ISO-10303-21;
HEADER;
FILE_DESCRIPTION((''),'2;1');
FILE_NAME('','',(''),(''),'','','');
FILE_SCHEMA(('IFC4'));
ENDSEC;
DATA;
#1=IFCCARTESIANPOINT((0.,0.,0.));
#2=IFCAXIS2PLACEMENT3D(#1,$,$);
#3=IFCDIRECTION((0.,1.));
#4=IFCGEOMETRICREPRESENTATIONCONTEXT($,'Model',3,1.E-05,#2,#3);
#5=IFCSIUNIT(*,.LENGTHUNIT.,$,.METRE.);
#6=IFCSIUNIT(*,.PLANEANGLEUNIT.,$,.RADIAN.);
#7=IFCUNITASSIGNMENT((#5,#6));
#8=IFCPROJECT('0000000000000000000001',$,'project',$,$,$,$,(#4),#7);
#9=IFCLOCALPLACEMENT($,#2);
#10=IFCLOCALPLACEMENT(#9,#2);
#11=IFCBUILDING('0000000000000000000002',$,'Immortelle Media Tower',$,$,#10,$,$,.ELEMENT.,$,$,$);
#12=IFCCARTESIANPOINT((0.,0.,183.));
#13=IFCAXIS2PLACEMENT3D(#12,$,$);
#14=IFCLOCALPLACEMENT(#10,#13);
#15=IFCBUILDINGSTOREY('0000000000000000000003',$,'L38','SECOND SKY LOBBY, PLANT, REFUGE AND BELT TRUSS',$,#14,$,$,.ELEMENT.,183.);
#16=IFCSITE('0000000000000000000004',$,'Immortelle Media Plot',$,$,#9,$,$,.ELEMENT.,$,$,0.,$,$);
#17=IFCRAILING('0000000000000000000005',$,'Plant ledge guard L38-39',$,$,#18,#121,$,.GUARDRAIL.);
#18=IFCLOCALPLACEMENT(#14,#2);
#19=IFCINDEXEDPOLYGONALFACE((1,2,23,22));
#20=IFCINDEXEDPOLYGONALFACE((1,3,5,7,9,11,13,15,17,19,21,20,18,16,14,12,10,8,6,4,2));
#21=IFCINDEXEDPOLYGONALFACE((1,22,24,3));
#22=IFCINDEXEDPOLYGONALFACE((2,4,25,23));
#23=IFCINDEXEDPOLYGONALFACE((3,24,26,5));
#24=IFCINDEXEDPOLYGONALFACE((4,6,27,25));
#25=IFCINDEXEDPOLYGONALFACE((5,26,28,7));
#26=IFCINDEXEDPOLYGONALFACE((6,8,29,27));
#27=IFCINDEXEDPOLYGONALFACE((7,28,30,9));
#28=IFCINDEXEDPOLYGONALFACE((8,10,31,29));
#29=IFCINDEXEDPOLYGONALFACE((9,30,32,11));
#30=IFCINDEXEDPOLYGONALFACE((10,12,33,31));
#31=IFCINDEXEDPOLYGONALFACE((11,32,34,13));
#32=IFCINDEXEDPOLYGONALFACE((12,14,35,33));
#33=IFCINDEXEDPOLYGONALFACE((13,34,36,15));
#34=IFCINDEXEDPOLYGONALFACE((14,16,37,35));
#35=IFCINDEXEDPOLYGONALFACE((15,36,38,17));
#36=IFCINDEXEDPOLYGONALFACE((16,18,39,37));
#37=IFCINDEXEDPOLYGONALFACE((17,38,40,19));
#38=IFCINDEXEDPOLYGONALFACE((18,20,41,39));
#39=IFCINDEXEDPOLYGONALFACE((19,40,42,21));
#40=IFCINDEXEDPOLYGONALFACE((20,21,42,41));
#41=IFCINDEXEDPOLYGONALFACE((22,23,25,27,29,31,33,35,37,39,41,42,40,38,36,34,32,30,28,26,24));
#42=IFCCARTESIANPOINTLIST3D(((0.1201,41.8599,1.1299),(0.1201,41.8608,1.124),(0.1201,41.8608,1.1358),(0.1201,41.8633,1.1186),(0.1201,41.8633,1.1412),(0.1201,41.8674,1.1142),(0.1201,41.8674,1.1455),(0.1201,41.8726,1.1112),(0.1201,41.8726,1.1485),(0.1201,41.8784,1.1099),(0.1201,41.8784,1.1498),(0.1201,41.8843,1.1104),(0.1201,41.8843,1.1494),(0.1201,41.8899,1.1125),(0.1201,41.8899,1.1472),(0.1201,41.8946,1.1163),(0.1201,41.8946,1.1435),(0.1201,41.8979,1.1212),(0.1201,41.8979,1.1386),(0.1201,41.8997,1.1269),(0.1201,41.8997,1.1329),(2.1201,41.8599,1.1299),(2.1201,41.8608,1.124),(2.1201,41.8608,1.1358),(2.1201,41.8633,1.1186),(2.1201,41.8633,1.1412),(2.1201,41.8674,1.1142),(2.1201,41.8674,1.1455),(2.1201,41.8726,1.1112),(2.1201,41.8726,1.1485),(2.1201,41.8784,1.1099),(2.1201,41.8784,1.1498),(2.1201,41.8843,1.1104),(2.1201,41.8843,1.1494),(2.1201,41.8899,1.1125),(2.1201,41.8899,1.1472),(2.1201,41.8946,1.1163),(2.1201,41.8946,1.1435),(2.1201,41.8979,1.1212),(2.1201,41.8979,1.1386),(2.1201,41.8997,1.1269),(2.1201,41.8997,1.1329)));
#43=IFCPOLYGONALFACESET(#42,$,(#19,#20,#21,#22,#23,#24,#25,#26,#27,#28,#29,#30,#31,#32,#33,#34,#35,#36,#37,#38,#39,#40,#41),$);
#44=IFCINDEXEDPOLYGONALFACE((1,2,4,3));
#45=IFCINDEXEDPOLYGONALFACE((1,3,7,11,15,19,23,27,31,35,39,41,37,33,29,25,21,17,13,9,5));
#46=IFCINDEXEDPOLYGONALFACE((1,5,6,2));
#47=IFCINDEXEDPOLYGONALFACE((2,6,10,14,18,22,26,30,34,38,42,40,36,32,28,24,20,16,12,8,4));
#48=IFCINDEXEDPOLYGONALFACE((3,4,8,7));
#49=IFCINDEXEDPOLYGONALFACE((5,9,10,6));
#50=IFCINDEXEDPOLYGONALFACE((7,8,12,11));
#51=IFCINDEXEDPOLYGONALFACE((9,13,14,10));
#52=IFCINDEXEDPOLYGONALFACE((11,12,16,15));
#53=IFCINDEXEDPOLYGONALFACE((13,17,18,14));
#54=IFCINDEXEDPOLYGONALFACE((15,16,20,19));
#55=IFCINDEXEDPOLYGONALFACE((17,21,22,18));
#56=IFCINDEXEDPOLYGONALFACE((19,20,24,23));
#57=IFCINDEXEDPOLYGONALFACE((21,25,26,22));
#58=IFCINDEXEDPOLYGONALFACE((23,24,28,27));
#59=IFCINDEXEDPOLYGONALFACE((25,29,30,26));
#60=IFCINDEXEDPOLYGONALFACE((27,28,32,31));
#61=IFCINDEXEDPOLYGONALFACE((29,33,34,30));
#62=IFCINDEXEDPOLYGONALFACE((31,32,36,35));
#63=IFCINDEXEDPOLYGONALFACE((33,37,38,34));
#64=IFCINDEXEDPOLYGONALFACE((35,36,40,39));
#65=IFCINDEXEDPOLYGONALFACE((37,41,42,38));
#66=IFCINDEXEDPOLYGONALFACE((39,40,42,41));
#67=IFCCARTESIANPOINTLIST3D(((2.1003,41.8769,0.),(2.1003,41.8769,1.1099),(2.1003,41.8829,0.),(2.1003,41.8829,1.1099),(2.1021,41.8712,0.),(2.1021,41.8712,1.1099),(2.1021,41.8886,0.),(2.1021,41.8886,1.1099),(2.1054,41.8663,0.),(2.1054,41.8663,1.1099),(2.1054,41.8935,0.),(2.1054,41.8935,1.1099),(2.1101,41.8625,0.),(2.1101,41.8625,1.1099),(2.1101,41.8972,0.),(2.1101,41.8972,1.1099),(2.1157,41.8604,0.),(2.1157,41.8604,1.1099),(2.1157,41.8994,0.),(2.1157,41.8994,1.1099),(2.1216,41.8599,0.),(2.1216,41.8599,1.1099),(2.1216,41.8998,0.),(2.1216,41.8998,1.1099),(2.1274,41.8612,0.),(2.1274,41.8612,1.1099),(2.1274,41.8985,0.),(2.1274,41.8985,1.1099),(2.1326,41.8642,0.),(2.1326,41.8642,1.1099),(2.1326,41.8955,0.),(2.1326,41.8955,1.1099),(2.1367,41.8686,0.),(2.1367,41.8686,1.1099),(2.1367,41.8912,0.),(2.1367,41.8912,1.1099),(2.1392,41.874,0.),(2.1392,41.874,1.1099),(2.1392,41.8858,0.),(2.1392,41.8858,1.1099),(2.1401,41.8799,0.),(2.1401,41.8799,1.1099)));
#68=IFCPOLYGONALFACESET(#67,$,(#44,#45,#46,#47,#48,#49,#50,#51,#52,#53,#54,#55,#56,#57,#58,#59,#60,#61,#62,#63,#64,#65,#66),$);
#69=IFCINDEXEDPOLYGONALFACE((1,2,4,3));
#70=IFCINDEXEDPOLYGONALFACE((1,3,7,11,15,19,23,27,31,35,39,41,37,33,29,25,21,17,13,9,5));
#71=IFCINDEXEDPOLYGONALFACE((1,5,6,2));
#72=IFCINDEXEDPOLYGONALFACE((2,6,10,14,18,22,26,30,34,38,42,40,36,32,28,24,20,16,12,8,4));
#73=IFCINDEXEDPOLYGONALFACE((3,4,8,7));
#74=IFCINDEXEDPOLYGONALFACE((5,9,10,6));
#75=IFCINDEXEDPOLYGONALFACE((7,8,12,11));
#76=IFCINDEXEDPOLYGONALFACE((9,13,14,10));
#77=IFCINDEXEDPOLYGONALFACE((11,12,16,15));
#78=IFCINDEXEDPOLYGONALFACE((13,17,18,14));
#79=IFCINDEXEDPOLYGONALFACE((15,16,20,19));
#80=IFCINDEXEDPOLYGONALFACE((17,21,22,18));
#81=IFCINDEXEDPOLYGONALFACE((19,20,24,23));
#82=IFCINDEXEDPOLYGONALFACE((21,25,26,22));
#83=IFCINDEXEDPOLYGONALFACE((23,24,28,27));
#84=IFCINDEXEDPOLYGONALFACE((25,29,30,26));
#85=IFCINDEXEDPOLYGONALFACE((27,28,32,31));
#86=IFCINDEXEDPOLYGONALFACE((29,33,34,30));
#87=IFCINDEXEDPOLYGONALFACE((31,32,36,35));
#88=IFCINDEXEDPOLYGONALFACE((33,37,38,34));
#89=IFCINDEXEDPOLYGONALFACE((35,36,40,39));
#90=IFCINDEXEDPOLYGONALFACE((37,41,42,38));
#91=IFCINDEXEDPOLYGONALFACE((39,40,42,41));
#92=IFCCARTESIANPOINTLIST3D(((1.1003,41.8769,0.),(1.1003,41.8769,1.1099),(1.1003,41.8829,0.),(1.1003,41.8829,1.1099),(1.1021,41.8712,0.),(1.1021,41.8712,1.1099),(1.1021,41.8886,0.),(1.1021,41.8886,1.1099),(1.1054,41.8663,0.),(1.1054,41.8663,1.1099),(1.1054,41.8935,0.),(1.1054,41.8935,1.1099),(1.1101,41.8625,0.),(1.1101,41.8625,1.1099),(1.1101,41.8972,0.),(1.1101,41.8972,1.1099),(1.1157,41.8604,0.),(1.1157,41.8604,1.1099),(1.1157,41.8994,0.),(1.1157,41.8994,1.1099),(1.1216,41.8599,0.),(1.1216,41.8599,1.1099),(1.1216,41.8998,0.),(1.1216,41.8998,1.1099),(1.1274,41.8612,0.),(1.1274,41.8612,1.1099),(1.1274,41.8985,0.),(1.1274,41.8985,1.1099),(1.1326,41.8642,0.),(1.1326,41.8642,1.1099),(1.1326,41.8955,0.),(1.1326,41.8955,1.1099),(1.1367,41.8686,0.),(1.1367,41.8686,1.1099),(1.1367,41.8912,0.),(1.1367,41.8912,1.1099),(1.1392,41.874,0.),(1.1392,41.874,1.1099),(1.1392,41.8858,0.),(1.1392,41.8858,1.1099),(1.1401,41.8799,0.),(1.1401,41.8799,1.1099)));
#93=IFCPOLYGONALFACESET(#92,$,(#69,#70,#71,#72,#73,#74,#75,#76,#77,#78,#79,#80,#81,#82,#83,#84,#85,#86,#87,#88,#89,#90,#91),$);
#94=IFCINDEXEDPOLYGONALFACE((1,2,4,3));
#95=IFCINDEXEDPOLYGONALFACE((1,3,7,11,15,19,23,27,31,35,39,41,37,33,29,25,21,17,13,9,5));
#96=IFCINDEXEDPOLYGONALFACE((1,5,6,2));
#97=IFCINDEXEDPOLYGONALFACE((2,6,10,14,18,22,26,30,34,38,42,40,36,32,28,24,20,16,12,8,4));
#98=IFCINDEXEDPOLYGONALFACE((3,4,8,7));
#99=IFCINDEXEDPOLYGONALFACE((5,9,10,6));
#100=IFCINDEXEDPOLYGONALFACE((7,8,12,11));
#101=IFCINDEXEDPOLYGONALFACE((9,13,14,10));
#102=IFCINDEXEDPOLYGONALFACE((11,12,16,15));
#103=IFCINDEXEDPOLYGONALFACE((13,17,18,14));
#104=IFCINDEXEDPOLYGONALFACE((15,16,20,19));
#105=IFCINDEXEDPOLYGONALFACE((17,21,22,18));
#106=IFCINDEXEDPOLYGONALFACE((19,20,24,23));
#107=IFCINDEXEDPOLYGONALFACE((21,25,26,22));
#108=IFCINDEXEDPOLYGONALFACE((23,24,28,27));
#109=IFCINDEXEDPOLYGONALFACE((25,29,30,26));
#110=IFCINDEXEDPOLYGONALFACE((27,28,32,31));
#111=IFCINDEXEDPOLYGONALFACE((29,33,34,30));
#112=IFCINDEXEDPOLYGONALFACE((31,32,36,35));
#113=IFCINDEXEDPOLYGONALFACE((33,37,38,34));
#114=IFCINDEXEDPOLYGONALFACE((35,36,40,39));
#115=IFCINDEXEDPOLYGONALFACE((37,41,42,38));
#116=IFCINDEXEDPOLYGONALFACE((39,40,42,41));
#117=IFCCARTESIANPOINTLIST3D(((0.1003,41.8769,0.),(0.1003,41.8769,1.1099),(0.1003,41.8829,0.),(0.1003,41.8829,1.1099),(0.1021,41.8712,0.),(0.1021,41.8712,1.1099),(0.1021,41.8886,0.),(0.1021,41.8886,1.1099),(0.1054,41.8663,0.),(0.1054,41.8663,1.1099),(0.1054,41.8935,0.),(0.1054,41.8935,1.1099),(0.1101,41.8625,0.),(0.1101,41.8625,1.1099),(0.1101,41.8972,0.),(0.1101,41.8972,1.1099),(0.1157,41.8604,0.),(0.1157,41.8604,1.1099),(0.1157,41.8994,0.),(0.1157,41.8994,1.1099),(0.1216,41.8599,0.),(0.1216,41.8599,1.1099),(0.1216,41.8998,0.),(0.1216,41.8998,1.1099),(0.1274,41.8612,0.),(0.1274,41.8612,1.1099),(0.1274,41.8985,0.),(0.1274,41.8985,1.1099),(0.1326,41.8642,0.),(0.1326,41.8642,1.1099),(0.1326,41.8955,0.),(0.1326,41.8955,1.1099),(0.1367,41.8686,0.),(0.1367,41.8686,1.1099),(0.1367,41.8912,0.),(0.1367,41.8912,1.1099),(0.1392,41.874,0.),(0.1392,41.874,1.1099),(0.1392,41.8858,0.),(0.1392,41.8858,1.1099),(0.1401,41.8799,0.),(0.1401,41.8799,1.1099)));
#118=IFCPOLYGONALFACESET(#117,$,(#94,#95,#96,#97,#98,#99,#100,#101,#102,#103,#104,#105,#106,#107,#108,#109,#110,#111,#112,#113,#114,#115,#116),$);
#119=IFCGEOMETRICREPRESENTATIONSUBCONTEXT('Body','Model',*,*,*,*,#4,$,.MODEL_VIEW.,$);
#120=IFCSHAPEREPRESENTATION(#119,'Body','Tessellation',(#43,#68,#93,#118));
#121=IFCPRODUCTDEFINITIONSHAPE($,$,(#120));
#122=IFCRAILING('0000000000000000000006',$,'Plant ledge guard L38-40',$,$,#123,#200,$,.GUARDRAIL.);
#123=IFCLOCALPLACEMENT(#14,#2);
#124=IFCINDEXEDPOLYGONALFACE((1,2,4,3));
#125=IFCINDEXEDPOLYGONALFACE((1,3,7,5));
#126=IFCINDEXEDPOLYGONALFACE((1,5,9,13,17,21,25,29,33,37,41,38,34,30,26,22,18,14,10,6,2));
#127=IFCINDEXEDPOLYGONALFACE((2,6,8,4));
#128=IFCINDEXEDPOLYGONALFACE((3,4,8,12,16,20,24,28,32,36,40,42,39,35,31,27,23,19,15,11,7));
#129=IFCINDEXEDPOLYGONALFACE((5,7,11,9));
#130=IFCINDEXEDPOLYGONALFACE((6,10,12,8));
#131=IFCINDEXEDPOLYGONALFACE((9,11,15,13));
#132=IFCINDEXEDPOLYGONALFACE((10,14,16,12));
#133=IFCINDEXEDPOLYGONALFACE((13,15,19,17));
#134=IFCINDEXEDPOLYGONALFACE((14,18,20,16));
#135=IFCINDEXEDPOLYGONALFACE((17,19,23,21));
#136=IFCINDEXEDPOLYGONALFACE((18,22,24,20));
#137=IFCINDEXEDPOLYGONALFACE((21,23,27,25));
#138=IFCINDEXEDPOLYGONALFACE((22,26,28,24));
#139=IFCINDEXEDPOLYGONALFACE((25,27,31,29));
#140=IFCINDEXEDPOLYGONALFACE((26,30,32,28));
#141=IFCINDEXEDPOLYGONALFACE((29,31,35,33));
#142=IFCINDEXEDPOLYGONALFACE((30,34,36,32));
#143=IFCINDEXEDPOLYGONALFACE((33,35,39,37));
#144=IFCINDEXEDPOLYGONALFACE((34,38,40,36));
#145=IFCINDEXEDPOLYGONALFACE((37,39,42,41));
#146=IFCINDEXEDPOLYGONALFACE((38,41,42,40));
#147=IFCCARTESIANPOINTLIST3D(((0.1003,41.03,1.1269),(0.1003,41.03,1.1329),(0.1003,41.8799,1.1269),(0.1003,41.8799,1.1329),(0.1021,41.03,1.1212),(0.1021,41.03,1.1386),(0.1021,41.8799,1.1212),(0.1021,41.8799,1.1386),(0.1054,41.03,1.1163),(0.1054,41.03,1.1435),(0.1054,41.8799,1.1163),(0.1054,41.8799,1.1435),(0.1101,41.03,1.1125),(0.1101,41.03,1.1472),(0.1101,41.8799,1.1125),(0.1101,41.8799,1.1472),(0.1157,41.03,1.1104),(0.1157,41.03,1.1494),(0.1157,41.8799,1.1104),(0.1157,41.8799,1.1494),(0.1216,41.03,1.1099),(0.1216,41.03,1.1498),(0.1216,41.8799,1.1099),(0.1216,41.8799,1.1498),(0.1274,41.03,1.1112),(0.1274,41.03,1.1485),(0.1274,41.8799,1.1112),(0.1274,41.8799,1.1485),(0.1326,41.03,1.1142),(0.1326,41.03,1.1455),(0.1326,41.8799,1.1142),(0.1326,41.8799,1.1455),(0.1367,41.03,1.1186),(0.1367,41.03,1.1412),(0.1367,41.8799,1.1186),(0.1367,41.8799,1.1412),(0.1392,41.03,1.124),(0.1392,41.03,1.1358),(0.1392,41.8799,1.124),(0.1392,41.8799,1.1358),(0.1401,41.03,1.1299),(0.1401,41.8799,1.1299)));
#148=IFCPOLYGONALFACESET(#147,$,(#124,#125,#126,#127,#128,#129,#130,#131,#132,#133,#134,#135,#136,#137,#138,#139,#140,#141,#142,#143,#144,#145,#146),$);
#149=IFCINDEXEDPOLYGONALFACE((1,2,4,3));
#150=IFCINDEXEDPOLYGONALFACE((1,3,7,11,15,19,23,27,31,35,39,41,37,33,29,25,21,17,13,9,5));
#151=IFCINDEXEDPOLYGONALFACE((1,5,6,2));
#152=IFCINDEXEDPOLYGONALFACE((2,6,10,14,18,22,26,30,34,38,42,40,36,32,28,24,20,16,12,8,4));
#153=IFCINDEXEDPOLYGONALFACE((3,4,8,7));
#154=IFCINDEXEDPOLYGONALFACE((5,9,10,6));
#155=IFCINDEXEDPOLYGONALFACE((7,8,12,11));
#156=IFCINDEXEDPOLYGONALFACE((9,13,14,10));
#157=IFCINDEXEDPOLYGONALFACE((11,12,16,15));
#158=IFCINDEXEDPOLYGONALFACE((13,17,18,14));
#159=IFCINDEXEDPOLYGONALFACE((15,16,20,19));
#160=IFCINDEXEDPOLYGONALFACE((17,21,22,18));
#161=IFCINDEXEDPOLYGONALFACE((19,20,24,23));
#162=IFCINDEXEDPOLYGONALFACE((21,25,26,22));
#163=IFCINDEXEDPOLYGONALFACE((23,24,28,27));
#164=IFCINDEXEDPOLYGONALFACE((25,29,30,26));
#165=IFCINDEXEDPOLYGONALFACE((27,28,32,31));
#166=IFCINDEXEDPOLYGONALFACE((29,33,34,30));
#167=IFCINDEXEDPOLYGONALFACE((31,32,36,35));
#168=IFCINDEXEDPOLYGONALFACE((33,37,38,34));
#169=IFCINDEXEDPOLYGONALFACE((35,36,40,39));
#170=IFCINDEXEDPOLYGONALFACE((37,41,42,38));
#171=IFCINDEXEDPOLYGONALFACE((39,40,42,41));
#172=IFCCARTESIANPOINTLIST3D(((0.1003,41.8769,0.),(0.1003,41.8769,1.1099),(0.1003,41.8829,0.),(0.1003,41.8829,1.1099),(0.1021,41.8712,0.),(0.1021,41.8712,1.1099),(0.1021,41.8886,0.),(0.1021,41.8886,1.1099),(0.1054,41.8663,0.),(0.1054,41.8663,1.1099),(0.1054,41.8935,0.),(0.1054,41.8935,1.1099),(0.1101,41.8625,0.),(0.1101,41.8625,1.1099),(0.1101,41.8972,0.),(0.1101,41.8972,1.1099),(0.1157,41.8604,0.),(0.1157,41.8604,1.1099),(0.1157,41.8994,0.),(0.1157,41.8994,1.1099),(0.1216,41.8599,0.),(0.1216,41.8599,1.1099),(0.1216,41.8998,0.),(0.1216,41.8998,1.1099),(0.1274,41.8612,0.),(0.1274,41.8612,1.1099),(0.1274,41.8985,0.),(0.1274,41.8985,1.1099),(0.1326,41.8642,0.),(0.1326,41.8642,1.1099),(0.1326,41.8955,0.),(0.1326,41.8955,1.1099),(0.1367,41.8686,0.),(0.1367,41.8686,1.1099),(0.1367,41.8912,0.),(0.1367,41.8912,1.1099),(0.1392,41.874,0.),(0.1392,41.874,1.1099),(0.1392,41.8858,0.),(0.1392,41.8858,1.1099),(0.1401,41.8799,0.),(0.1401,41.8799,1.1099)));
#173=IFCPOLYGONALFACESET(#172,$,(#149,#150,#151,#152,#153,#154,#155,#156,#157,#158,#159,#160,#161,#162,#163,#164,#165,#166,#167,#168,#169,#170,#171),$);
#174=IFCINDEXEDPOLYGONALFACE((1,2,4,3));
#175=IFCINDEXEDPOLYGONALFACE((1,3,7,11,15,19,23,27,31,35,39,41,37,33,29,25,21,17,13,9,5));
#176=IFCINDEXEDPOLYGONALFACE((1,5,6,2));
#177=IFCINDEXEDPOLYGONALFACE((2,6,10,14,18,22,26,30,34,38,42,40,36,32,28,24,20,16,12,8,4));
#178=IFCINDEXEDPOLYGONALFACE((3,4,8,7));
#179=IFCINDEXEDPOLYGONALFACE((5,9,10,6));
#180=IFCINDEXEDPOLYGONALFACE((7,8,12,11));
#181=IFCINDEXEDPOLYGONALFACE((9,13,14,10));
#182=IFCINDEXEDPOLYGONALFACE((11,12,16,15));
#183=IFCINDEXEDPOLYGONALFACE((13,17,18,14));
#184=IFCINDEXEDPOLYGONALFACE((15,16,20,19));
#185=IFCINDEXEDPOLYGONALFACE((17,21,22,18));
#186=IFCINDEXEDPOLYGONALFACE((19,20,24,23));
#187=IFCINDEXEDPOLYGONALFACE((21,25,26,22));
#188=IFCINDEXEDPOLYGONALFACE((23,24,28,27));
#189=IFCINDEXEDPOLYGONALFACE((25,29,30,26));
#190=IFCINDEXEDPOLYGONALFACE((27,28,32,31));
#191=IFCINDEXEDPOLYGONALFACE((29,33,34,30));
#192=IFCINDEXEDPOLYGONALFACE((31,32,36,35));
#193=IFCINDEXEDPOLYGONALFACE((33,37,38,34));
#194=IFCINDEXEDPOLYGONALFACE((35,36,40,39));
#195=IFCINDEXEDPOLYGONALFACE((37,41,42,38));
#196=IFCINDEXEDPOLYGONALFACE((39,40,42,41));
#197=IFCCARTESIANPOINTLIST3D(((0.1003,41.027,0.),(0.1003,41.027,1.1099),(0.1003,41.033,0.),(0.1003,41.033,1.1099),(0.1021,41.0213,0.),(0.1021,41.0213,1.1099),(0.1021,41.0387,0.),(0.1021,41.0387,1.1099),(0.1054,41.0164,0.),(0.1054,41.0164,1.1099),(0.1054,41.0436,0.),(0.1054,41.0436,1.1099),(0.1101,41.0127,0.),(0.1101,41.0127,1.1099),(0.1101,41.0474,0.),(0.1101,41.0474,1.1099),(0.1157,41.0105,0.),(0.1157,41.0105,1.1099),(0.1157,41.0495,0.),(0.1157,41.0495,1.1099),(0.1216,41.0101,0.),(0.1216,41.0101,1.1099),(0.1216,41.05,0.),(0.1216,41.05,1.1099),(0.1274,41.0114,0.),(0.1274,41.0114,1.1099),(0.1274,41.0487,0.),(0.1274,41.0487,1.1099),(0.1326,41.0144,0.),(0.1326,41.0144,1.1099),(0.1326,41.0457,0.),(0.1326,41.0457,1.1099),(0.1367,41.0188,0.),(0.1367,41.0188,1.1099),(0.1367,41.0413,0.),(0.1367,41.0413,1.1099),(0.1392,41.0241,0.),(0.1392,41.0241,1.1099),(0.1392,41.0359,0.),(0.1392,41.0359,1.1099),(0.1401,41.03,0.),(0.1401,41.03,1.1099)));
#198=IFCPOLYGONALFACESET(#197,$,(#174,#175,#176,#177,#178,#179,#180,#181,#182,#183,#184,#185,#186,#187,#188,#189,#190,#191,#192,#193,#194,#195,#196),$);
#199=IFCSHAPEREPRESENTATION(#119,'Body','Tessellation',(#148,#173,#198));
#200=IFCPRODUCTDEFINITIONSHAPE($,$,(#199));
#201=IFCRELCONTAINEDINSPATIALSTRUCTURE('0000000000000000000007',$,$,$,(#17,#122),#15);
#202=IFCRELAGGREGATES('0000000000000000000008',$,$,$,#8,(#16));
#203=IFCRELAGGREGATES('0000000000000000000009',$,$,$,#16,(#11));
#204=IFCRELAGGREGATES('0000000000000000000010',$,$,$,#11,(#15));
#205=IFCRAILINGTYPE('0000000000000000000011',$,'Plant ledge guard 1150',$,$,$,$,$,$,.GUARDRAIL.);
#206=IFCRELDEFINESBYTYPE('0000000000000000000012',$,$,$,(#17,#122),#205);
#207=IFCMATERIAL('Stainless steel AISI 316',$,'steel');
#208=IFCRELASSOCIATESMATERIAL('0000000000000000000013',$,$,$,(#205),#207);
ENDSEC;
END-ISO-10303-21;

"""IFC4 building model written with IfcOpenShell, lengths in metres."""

from ifc_helpers import new_model, si_unit, direction, frame, origin, origin_2d, place, context, subcontext, project, spatial, circle, extrude, material, type_object, element, save


model = new_model("IFC4")

# Units and contexts
model_context = context("Model", 3, precision=1e-05, world=origin(), true_north=direction((0.0, 1.0)))
body_context = subcontext(model_context, "Body", "Model", "MODEL_VIEW")
ifc_project = project(units=[si_unit("LENGTHUNIT", "METRE"), si_unit("PLANEANGLEUNIT", "RADIAN")], contexts=[model_context])

# Site, building, storey
site_placement = place(None, origin())
site = spatial("IfcSite", under=ifc_project, at=site_placement, Name="Immortelle Media Plot", CompositionType="ELEMENT", RefElevation=0.0)
building_placement = place(site_placement, origin())
building = spatial("IfcBuilding", under=site, at=building_placement, Name="Immortelle Media Tower", CompositionType="ELEMENT")
storey_placement = place(building_placement, frame((0.0, 0.0, 183.0)))
storey = spatial("IfcBuildingStorey", under=building, at=storey_placement, Name="L38", Description="SECOND SKY LOBBY, PLANT, REFUGE AND BELT TRUSS", CompositionType="ELEMENT", Elevation=183.0)

# Railings
ifc_material_1 = material(Name="Stainless steel AISI 316", Category="steel")
railing_type = type_object("IfcRailingType", Name="Plant ledge guard 1150", PredefinedType="GUARDRAIL", material=ifc_material_1)
railing_1_placement = place(storey_placement, frame((2.1201, 41.8799, 0.0)))
element("IfcRailing", 1, at=railing_1_placement, inside=storey, type_object=railing_type, Name="Plant ledge guard L38-39", PredefinedType="GUARDRAIL", context=body_context, shape_type="SweptSolid", body=[
    extrude(circle(Radius=0.02, at=origin_2d()), frame((0.0, 0.0, 1.1299), z_axis=(-1.0, 0.0, 0.0), x_axis=(0.0, -1.0, 0.0)), (0.0, 0.0, 1.0), 2.0),
    extrude(circle(Radius=0.02, at=origin_2d()), origin(), (0.0, 0.0, 1.0), 1.1099),
    extrude(circle(Radius=0.02, at=origin_2d()), frame((-1.0, 0.0, 0.0)), (0.0, 0.0, 1.0), 1.1099),
    extrude(circle(Radius=0.02, at=origin_2d()), frame((-2.0, 0.0, 0.0)), (0.0, 0.0, 1.0), 1.1099),
])
railing_2_placement = place(storey_placement, frame((0.1201, 41.8799, 0.0)))
element("IfcRailing", 2, at=railing_2_placement, inside=storey, type_object=railing_type, Name="Plant ledge guard L38-40", PredefinedType="GUARDRAIL", context=body_context, shape_type="SweptSolid", body=[
    extrude(circle(Radius=0.02, at=origin_2d()), frame((0.0, 0.0, 1.1299), z_axis=(0.0, -1.0, 0.0), x_axis=(1.0, 0.0, 0.0)), (0.0, 0.0, 1.0), 0.8499),
    extrude(circle(Radius=0.02, at=origin_2d()), origin(), (0.0, 0.0, 1.0), 1.1099),
    extrude(circle(Radius=0.02, at=origin_2d()), frame((0.0, -0.8499, 0.0)), (0.0, 0.0, 1.0), 1.1099),
])

save(model, "model.ifc")
